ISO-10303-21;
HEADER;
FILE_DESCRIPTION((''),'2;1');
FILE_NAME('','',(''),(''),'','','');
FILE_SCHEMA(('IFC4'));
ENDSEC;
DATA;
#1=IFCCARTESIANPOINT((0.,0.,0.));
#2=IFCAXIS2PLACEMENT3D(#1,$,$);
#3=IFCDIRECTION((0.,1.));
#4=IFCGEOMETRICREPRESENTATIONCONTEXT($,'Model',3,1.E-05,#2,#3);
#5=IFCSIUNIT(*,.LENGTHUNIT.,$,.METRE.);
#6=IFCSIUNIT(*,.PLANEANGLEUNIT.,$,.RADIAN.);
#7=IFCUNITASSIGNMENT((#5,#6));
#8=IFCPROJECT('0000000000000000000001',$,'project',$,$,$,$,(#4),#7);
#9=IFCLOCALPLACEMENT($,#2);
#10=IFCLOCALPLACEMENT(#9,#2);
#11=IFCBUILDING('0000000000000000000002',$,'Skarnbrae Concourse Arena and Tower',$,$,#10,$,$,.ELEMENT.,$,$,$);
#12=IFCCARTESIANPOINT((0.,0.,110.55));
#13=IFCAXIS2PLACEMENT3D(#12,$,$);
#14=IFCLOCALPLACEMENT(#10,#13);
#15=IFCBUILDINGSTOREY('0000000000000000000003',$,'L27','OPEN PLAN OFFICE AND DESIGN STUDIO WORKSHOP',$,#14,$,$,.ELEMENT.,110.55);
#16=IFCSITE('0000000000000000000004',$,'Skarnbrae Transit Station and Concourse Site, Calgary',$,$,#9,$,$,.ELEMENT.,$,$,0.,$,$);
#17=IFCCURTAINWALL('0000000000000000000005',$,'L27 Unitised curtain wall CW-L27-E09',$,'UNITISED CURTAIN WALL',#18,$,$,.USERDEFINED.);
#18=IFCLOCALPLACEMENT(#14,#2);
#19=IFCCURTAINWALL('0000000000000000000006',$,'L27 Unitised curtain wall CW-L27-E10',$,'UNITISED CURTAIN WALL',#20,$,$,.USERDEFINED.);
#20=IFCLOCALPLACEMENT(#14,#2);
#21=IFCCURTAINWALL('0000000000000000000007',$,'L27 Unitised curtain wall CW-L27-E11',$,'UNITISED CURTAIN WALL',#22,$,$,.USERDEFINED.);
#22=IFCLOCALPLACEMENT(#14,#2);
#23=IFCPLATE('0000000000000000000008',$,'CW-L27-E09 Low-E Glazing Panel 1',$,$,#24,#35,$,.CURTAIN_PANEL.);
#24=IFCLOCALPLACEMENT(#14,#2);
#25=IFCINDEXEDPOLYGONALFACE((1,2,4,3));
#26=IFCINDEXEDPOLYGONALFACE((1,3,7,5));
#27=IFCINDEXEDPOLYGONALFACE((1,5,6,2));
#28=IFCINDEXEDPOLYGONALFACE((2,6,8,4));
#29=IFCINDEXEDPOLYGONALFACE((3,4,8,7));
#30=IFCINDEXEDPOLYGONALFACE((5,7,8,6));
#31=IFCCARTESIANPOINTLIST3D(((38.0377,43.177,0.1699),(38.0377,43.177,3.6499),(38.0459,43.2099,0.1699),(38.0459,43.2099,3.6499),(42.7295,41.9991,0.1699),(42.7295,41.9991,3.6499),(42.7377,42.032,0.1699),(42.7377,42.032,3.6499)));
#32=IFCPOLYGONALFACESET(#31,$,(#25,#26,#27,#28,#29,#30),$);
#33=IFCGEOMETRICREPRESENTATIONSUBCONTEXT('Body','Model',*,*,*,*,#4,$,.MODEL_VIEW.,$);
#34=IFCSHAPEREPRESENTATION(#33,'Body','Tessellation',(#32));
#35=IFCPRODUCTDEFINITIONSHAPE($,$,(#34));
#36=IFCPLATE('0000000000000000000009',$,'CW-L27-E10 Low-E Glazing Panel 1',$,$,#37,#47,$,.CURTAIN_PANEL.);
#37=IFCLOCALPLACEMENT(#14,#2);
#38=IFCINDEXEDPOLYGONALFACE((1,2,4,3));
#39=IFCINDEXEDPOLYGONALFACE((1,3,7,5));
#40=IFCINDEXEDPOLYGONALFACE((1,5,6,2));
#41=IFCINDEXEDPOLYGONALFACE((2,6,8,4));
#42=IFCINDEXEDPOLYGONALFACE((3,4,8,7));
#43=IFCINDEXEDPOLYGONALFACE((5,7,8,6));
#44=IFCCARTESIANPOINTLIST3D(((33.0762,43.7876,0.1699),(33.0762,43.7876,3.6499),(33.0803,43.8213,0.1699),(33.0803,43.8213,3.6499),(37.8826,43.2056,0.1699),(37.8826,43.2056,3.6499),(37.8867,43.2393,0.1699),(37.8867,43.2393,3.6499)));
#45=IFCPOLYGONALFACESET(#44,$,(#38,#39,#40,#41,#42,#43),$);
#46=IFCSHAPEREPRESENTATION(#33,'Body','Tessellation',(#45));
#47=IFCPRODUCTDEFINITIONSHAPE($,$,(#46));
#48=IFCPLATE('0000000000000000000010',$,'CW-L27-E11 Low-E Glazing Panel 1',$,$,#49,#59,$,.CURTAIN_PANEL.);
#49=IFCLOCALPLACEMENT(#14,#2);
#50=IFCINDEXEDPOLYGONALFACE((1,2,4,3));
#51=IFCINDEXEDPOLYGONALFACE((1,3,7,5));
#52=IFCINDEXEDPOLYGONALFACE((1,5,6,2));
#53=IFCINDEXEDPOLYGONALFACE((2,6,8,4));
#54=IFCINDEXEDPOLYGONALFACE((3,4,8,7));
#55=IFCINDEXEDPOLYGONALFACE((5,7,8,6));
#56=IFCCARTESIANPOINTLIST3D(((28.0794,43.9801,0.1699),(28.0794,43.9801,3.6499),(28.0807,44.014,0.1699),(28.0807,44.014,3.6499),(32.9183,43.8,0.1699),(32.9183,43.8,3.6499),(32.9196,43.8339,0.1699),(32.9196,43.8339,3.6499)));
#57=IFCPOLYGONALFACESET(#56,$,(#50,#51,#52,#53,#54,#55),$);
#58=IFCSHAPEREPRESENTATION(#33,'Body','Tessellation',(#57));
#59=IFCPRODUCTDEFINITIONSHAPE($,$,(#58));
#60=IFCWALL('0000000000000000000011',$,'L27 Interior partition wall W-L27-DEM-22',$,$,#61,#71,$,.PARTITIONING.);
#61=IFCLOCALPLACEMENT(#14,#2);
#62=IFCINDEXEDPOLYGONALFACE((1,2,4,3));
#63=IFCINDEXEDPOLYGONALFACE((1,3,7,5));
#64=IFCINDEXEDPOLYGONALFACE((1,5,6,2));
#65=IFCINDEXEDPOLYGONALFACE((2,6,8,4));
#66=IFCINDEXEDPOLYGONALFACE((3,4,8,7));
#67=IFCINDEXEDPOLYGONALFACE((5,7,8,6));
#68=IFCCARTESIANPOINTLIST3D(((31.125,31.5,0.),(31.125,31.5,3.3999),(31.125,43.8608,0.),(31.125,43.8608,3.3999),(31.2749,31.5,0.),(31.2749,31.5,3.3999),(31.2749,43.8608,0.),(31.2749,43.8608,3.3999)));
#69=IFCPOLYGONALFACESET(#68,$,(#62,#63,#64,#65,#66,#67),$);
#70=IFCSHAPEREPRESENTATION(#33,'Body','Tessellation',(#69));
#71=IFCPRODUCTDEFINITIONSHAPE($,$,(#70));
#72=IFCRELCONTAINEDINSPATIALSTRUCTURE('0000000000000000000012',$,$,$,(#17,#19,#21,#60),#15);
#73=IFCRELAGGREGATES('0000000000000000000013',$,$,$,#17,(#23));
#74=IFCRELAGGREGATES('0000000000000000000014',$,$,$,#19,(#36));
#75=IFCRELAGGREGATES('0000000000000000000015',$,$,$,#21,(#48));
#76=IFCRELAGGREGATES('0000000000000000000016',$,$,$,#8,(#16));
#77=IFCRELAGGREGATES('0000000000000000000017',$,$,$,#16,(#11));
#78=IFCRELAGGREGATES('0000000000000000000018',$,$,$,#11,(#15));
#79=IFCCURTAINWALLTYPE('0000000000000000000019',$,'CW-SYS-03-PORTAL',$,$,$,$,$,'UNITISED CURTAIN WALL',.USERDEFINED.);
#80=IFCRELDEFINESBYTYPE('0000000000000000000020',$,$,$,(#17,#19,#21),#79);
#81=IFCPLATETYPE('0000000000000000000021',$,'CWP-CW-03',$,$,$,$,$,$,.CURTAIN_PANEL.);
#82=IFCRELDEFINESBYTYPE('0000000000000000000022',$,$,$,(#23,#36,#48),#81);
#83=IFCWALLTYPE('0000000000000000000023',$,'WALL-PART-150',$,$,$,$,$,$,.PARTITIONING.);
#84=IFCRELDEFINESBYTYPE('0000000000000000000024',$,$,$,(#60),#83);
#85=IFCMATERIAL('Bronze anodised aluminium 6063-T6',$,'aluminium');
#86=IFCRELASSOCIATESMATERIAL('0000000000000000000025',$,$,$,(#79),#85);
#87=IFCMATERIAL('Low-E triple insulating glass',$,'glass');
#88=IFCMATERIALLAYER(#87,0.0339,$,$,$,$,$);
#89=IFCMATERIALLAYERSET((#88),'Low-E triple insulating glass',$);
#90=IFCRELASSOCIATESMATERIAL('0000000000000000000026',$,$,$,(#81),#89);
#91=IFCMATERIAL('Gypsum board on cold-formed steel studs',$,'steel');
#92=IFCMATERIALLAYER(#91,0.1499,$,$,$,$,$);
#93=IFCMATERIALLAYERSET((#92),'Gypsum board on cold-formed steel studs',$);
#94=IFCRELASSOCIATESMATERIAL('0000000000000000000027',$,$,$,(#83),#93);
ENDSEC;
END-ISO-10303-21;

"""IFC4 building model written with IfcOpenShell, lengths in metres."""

from ifc_helpers import new_model, si_unit, direction, frame, frame_2d, origin, origin_2d, place, context, subcontext, project, spatial, rectangle, extrude, source, transform, mapped, material, layer, layer_set, type_object, element, aggregate, save


model = new_model("IFC4")

# Units and contexts
model_context = context("Model", 3, precision=1e-05, world=origin(), true_north=direction((0.0, 1.0)))
body_context = subcontext(model_context, "Body", "Model", "MODEL_VIEW")
ifc_project = project(units=[si_unit("LENGTHUNIT", "METRE"), si_unit("PLANEANGLEUNIT", "RADIAN")], contexts=[model_context])

# Site, building, storey
site_placement = place(None, origin())
site = spatial("IfcSite", under=ifc_project, at=site_placement, Name="Skarnbrae Transit Station and Concourse Site, Calgary", CompositionType="ELEMENT", RefElevation=0.0)
building_placement = place(site_placement, origin())
building = spatial("IfcBuilding", under=site, at=building_placement, Name="Skarnbrae Concourse Arena and Tower", CompositionType="ELEMENT")
storey_placement = place(building_placement, frame((0.0, 0.0, 110.55)))
storey = spatial("IfcBuildingStorey", under=building, at=storey_placement, Name="L27", Description="OPEN PLAN OFFICE AND DESIGN STUDIO WORKSHOP", CompositionType="ELEMENT", Elevation=110.55)

# Curtain wall
ifc_material_1 = material(Name="Bronze anodised aluminium 6063-T6", Category="aluminium")
curtain_wall_type = type_object("IfcCurtainWallType", Name="CW-SYS-03-PORTAL", ElementType="UNITISED CURTAIN WALL", PredefinedType="USERDEFINED", material=ifc_material_1)
curtain_wall_1_placement = place(storey_placement, origin())
curtain_wall_1 = element("IfcCurtainWall", 1, at=curtain_wall_1_placement, inside=storey, type_object=curtain_wall_type, Name="L27 Unitised curtain wall CW-L27-E09", ObjectType="UNITISED CURTAIN WALL", PredefinedType="USERDEFINED")

# Curtain walls
curtain_wall_2_placement = place(storey_placement, origin())
curtain_wall_2 = element("IfcCurtainWall", 2, at=curtain_wall_2_placement, inside=storey, type_object=curtain_wall_type, Name="L27 Unitised curtain wall CW-L27-E10", ObjectType="UNITISED CURTAIN WALL", PredefinedType="USERDEFINED")
curtain_wall_3_placement = place(storey_placement, origin())
curtain_wall_3 = element("IfcCurtainWall", 3, at=curtain_wall_3_placement, inside=storey, type_object=curtain_wall_type, Name="L27 Unitised curtain wall CW-L27-E11", ObjectType="UNITISED CURTAIN WALL", PredefinedType="USERDEFINED")

# Plates
ifc_material_2 = material(Name="Low-E triple insulating glass", Category="glass")
ifc_layer_1 = layer(ifc_material_2, 0.0339)
ifc_layer_set_1 = layer_set([ifc_layer_1], Name="Low-E triple insulating glass")
plate_type = type_object("IfcPlateType", Name="CWP-CW-03", PredefinedType="CURTAIN_PANEL", material=ifc_layer_set_1)
shared_shape_1 = source(origin(), body_context, "Body", "SweptSolid", [
    extrude(rectangle(XDim=4.8374, YDim=0.0339, at=origin_2d()), origin(), (0.0, 0.0, 1.0), 3.48),
])
plate_1_placement = place(storey_placement, frame((40.3877, 42.6045, 0.1699), z_axis=(0.0, 0.0, 1.0), x_axis=(-0.969903, 0.243491, 0.0)))
plate_1 = element("IfcPlate", 4, at=plate_1_placement, type_object=plate_type, Name="CW-L27-E09 Low-E Glazing Panel 1", PredefinedType="CURTAIN_PANEL", context=body_context, shape_type="MappedRepresentation", body=[
    mapped(shared_shape_1, transform((0.0, 0.0, 0.0))),
])
aggregate(curtain_wall_1, [plate_1])
shared_shape_2 = source(origin(), body_context, "Body", "SweptSolid", [
    extrude(rectangle(XDim=4.8416, YDim=0.0339, at=origin_2d()), origin(), (0.0, 0.0, 1.0), 3.48),
])
plate_2_placement = place(storey_placement, frame((35.4814, 43.5134, 0.1699), z_axis=(0.0, 0.0, 1.0), x_axis=(-0.992749, 0.120203, 0.0)))
plate_2 = element("IfcPlate", 5, at=plate_2_placement, type_object=plate_type, Name="CW-L27-E10 Low-E Glazing Panel 1", PredefinedType="CURTAIN_PANEL", context=body_context, shape_type="MappedRepresentation", body=[
    mapped(shared_shape_2, transform((0.0, 0.0, 0.0))),
])
aggregate(curtain_wall_2, [plate_2])
shared_shape_3 = source(origin(), body_context, "Body", "SweptSolid", [
    extrude(rectangle(XDim=4.8423, YDim=0.0339, at=origin_2d()), origin(), (0.0, 0.0, 1.0), 3.48),
])
plate_3_placement = place(storey_placement, frame((30.4995, 43.907, 0.1699), z_axis=(0.0, 0.0, 1.0), x_axis=(-0.999308, 0.037183, 0.0)))
plate_3 = element("IfcPlate", 6, at=plate_3_placement, type_object=plate_type, Name="CW-L27-E11 Low-E Glazing Panel 1", PredefinedType="CURTAIN_PANEL", context=body_context, shape_type="MappedRepresentation", body=[
    mapped(shared_shape_3, transform((0.0, 0.0, 0.0))),
])
aggregate(curtain_wall_3, [plate_3])

# Wall
ifc_material_3 = material(Name="Gypsum board on cold-formed steel studs", Category="steel")
ifc_layer_2 = layer(ifc_material_3, 0.1499)
ifc_layer_set_2 = layer_set([ifc_layer_2], Name="Gypsum board on cold-formed steel studs")
wall_type = type_object("IfcWallType", Name="WALL-PART-150", PredefinedType="PARTITIONING", material=ifc_layer_set_2)
shared_shape_4 = source(origin(), body_context, "Body", "SweptSolid", [
    extrude(rectangle(XDim=12.3608, YDim=0.1499, at=frame_2d((6.1804, 0.0))), origin(), (0.0, 0.0, 1.0), 3.3999),
])
wall_placement = place(storey_placement, frame((31.2, 43.8608, 0.0), z_axis=(0.0, 0.0, 1.0), x_axis=(0.0, -1.0, 0.0)))
element("IfcWall", 7, at=wall_placement, inside=storey, type_object=wall_type, Name="L27 Interior partition wall W-L27-DEM-22", PredefinedType="PARTITIONING", context=body_context, shape_type="MappedRepresentation", body=[
    mapped(shared_shape_4, transform((0.0, 0.0, 0.0))),
])

save(model, "model.ifc")
